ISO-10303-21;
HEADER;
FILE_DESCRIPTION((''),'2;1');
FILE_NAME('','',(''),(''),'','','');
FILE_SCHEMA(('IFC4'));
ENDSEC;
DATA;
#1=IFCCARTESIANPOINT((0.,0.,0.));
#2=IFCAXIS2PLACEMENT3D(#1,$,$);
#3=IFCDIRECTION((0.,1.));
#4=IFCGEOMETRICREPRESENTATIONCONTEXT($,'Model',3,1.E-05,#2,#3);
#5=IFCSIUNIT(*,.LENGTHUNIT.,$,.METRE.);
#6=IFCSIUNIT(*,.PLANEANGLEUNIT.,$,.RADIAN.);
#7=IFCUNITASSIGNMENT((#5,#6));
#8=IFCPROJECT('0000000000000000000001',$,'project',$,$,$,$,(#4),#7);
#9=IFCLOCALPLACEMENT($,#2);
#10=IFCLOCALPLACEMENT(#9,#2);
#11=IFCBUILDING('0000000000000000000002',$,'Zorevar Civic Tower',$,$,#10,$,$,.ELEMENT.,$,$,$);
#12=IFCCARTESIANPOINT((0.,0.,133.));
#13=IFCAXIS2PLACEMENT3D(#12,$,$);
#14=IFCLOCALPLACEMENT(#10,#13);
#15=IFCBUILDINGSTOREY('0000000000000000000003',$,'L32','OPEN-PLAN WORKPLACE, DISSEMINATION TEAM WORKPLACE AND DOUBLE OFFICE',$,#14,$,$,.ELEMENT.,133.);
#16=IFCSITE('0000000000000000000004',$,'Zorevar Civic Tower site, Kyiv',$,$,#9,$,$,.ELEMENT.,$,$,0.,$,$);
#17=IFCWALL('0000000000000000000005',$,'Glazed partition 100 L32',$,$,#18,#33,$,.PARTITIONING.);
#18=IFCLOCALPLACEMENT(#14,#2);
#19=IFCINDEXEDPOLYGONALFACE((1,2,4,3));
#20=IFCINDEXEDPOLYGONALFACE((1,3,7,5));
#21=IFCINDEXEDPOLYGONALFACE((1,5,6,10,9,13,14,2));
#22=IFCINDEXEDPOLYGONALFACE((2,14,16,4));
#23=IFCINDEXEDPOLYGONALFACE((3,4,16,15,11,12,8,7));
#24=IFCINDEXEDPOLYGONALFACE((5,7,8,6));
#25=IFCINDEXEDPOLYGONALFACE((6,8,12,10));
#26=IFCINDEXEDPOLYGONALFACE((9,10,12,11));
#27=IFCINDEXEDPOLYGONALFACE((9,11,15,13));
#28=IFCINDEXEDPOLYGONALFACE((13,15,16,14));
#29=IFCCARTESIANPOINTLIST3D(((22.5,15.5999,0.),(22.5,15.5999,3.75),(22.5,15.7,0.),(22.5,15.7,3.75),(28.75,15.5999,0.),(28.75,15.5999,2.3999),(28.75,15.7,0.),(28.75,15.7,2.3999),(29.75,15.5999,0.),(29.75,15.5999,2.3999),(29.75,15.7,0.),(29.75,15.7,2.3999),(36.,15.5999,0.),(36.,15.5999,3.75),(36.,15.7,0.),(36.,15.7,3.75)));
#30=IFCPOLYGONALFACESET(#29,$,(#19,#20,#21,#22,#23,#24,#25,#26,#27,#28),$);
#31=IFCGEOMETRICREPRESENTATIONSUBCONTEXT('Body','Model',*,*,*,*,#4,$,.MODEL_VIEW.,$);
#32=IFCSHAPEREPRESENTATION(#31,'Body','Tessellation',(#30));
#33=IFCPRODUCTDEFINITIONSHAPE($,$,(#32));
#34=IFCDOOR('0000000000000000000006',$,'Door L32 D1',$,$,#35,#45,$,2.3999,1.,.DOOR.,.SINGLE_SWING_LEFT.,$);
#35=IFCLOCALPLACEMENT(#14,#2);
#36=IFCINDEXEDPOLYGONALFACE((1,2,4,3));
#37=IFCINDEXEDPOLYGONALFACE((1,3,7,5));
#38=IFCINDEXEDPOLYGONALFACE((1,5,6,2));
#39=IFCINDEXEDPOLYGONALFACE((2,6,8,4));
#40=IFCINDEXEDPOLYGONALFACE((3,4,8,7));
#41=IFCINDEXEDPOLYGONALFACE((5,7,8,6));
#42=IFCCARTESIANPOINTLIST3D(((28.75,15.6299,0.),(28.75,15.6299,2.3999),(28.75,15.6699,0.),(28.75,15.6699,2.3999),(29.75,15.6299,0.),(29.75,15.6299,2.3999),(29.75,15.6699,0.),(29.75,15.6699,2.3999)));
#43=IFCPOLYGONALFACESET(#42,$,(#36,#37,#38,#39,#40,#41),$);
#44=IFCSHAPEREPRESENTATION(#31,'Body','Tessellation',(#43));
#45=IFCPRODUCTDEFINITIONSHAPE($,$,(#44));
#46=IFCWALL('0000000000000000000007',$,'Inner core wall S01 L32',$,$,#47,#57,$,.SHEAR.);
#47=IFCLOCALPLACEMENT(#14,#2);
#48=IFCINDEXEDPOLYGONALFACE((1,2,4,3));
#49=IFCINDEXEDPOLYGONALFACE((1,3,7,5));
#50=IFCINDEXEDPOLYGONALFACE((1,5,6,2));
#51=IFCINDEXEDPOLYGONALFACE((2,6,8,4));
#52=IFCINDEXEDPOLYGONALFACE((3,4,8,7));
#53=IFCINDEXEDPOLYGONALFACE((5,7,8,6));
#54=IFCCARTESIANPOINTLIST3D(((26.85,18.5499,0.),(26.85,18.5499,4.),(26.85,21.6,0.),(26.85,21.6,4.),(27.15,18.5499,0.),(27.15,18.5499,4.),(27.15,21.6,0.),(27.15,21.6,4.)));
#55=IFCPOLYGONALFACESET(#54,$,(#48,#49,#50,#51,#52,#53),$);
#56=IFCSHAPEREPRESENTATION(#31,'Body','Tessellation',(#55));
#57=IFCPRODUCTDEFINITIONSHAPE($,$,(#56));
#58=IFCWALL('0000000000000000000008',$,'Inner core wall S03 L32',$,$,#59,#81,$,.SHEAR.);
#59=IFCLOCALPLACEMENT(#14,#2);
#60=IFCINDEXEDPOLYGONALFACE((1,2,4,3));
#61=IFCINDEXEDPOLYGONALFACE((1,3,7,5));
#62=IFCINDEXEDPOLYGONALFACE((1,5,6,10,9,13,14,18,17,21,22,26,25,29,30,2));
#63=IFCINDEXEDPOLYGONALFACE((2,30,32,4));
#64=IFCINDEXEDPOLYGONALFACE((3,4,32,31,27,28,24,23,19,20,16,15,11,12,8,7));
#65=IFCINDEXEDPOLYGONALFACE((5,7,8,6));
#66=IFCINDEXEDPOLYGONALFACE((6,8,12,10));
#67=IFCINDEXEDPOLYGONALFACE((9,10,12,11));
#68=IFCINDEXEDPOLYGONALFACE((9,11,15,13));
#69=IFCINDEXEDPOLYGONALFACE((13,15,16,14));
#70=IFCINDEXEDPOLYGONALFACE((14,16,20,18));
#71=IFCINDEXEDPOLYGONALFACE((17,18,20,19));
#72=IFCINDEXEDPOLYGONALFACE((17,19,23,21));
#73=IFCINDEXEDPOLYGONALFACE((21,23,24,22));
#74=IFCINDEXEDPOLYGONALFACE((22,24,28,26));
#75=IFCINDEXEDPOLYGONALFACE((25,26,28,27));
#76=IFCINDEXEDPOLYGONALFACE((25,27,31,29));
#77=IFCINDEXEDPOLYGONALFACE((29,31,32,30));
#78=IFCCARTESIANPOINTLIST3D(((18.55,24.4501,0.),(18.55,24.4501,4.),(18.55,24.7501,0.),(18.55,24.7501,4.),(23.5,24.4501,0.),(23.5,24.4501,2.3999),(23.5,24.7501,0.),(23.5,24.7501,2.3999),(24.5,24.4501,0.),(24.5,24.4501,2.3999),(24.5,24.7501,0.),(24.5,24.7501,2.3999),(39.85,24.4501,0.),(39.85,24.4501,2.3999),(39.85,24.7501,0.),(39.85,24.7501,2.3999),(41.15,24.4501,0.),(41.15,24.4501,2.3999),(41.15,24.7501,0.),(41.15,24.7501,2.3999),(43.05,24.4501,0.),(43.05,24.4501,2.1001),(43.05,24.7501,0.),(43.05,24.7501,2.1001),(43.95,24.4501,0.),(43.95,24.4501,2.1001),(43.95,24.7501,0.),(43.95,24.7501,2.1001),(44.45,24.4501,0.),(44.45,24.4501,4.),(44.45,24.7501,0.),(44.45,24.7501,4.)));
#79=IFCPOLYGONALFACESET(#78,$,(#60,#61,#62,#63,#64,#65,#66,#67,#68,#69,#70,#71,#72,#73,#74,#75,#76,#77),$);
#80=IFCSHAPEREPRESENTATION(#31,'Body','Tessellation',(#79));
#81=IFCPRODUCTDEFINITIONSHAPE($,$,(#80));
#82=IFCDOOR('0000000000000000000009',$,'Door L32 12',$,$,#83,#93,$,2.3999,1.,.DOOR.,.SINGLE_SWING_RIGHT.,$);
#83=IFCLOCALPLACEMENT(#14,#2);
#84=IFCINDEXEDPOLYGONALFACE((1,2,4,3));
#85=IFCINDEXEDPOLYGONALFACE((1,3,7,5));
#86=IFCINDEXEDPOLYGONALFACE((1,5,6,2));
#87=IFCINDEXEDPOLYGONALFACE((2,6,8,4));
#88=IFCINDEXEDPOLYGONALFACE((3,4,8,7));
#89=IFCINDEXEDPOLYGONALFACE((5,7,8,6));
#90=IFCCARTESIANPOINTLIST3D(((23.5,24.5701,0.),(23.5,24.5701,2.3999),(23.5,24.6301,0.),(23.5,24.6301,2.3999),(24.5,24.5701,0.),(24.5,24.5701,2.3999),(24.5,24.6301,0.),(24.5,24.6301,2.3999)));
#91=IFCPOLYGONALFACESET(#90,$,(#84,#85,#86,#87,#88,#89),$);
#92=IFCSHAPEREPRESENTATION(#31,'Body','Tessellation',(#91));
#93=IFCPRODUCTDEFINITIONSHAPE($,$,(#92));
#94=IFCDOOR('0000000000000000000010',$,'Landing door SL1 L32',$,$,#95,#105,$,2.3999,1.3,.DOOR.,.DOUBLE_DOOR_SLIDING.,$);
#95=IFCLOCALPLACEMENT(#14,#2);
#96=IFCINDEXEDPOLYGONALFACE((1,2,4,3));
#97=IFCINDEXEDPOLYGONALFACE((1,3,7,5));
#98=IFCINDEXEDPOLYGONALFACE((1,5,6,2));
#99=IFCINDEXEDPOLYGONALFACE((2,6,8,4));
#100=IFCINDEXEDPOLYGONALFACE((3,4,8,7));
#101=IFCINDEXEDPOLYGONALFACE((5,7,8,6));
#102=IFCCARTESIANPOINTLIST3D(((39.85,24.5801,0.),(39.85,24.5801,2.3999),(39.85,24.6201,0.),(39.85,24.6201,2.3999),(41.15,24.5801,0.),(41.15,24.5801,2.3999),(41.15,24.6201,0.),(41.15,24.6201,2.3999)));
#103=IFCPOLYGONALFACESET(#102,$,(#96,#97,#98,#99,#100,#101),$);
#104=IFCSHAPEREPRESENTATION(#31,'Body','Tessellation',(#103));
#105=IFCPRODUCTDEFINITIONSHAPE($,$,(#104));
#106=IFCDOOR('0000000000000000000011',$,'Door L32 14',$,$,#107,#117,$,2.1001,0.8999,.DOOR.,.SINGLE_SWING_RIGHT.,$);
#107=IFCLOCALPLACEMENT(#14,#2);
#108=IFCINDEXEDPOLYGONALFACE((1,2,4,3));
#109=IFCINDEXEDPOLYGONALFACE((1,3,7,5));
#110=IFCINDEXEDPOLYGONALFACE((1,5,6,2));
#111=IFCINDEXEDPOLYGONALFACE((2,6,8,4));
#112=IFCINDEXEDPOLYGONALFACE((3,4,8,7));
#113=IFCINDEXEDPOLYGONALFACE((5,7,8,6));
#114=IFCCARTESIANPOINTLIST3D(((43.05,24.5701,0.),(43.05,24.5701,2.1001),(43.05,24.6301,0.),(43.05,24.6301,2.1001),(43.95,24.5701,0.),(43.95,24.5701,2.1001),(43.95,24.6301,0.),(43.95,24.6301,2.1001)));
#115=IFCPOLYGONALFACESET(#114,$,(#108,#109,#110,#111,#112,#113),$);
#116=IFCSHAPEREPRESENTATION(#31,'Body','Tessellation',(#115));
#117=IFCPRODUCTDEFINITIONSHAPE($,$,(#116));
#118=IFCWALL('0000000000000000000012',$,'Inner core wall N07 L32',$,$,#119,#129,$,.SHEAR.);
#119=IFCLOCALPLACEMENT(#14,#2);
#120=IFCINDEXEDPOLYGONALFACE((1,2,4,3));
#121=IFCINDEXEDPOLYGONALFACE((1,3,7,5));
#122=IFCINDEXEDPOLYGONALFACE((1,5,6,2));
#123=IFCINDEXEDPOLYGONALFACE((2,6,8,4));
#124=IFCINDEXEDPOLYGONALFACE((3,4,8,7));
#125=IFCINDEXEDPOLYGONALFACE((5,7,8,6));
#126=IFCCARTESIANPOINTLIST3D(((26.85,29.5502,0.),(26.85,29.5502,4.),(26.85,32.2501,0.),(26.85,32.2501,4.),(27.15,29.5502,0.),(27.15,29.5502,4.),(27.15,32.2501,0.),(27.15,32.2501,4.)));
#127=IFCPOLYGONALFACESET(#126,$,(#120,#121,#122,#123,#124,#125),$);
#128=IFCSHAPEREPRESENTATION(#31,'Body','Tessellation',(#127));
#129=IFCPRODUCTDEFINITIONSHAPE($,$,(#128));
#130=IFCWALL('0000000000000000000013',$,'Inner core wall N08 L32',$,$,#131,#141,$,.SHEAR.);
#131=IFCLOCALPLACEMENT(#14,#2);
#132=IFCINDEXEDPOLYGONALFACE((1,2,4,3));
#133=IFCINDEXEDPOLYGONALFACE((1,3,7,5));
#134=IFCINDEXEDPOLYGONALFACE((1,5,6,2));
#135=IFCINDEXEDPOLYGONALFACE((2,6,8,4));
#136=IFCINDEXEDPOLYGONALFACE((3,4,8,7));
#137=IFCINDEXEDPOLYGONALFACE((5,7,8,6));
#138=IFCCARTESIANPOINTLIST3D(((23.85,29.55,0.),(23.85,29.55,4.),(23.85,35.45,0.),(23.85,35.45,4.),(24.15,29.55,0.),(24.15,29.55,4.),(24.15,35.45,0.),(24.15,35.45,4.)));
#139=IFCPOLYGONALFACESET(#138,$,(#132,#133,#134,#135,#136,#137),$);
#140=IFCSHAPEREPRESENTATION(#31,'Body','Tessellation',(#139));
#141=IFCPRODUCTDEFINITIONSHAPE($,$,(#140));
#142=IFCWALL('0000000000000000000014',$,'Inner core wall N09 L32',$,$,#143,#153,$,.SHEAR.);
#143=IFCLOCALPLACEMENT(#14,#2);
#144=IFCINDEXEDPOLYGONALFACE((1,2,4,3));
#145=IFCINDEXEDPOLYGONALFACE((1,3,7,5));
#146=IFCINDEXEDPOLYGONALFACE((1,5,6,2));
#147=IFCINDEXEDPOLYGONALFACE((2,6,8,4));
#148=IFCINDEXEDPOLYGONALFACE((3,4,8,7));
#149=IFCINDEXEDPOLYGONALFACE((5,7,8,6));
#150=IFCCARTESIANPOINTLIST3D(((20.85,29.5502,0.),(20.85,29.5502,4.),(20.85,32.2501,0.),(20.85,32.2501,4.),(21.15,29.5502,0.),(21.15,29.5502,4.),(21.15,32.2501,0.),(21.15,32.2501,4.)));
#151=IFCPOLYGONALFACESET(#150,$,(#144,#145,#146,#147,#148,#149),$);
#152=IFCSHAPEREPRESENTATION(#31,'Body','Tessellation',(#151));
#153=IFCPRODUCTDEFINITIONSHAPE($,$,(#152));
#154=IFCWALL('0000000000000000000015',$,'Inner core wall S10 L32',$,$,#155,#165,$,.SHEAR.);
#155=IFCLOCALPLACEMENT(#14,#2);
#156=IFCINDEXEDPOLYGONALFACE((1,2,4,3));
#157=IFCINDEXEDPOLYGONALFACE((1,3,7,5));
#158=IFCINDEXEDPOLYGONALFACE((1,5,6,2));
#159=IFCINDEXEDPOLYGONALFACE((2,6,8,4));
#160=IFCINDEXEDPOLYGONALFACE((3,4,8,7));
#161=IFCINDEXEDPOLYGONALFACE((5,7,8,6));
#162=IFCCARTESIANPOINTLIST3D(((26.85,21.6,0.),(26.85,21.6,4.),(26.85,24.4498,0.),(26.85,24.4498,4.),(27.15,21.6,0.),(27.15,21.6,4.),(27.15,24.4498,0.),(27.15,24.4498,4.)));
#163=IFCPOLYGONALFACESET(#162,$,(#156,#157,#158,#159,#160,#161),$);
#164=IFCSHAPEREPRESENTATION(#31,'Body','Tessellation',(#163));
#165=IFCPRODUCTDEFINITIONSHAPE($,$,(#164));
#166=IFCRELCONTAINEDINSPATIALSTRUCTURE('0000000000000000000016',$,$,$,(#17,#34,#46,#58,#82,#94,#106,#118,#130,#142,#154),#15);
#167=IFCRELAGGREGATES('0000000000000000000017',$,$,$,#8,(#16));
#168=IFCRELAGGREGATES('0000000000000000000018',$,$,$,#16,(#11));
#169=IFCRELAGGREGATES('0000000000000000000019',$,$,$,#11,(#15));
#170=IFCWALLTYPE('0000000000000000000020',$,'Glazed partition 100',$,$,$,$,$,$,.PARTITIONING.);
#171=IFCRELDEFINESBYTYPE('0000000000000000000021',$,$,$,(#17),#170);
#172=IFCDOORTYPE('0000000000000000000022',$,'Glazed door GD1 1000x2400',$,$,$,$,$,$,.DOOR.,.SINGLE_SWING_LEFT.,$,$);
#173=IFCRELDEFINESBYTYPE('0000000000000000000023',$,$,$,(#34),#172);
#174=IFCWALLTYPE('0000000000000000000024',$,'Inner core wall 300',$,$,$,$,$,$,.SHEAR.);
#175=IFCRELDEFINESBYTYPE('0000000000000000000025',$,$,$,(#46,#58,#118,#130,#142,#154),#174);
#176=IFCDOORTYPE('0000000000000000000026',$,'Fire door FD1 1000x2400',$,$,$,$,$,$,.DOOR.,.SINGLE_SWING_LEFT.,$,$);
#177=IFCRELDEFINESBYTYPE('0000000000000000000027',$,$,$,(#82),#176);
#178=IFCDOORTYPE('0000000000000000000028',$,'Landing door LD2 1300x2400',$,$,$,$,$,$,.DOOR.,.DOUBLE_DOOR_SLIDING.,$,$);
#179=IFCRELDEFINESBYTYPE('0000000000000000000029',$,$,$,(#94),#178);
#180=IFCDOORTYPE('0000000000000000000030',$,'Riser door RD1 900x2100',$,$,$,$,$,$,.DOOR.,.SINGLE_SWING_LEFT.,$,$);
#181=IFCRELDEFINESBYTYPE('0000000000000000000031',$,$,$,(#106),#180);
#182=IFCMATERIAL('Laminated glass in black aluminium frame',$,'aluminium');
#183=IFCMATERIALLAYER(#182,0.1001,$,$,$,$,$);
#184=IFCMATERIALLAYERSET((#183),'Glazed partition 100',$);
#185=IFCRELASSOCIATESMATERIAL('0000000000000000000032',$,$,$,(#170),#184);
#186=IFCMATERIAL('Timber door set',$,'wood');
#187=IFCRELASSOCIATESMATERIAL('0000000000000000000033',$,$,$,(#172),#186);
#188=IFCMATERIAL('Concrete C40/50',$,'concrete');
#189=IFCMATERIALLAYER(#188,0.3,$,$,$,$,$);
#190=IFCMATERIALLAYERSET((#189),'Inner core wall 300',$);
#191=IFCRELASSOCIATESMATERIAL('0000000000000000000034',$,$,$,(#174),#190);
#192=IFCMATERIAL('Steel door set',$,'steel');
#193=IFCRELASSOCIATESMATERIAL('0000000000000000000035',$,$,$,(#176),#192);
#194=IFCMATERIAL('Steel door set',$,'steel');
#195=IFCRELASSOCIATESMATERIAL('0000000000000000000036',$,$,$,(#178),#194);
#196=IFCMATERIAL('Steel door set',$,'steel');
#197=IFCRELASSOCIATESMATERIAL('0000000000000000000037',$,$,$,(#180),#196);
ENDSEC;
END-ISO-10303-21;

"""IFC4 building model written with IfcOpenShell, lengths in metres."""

from ifc_helpers import new_model, si_unit, direction, frame, frame_2d, origin, place, context, subcontext, project, spatial, rectangle, extrude, material, layer, layer_set, type_object, element, fill, save


model = new_model("IFC4")

# Units and contexts
model_context = context("Model", 3, precision=1e-05, world=origin(), true_north=direction((0.0, 1.0)))
body_context = subcontext(model_context, "Body", "Model", "MODEL_VIEW")
ifc_project = project(units=[si_unit("LENGTHUNIT", "METRE"), si_unit("PLANEANGLEUNIT", "RADIAN")], contexts=[model_context])

# Site, building, storey
site_placement = place(None, origin())
site = spatial("IfcSite", under=ifc_project, at=site_placement, Name="Zorevar Civic Tower site, Kyiv", CompositionType="ELEMENT", RefElevation=0.0)
building_placement = place(site_placement, origin())
building = spatial("IfcBuilding", under=site, at=building_placement, Name="Zorevar Civic Tower", CompositionType="ELEMENT")
storey_placement = place(building_placement, frame((0.0, 0.0, 133.0)))
storey = spatial("IfcBuildingStorey", under=building, at=storey_placement, Name="L32", Description="OPEN-PLAN WORKPLACE, DISSEMINATION TEAM WORKPLACE AND DOUBLE OFFICE", CompositionType="ELEMENT", Elevation=133.0)

# Wall, opening, door
ifc_material_1 = material(Name="Laminated glass in black aluminium frame", Category="aluminium")
ifc_layer_1 = layer(ifc_material_1, 0.1001)
ifc_layer_set_1 = layer_set([ifc_layer_1], Name="Glazed partition 100")
wall_type_1 = type_object("IfcWallType", Name="Glazed partition 100", PredefinedType="PARTITIONING", material=ifc_layer_set_1)
wall_1_placement = place(storey_placement, frame((22.5, 15.6499, 0.0), z_axis=(0.0, 0.0, 1.0), x_axis=(1.0, 0.0, 0.0)))
wall_1 = element("IfcWall", 1, at=wall_1_placement, inside=storey, type_object=wall_type_1, Name="Glazed partition 100 L32", PredefinedType="PARTITIONING", context=body_context, shape_type="SweptSolid", body=[
    extrude(rectangle(XDim=13.5, YDim=0.1001, at=frame_2d((6.75, 0.0))), origin(), (0.0, 0.0, 1.0), 3.75),
])
opening_1_placement = place(wall_1_placement, frame((6.25, 0.0, 0.0)))
opening_1 = element("IfcOpeningElement", 2, at=opening_1_placement, cuts=wall_1, PredefinedType="OPENING", context=body_context, shape_type="SweptSolid", body=[
    extrude(rectangle(XDim=1.0, YDim=2.3999, at=frame_2d((0.5, 1.2))), frame((0.0, 0.0601, 0.0), z_axis=(0.0, -1.0, 0.0), x_axis=(1.0, 0.0, 0.0)), (0.0, 0.0, 1.0), 0.1201),
])
ifc_material_2 = material(Name="Timber door set", Category="wood")
door_type_1 = type_object("IfcDoorType", Name="Glazed door GD1 1000x2400", OperationType="SINGLE_SWING_LEFT", PredefinedType="DOOR", material=ifc_material_2)
door_1_placement = place(opening_1_placement, origin())
door_1 = element("IfcDoor", 3, at=door_1_placement, inside=storey, type_object=door_type_1, Name="Door L32 D1", OperationType="SINGLE_SWING_LEFT", OverallHeight=2.3999, OverallWidth=1.0, PredefinedType="DOOR", context=body_context, shape_type="SweptSolid", body=[
    extrude(rectangle(XDim=1.0, YDim=2.3999, at=frame_2d((0.5, 1.2))), frame((0.0, 0.02, 0.0), z_axis=(0.0, -1.0, 0.0), x_axis=(1.0, 0.0, 0.0)), (0.0, 0.0, 1.0), 0.04),
])
fill(opening_1, door_1)

# Wall
ifc_material_3 = material(Name="Concrete C40/50", Category="concrete")
ifc_layer_2 = layer(ifc_material_3, 0.3)
ifc_layer_set_2 = layer_set([ifc_layer_2], Name="Inner core wall 300")
wall_type_2 = type_object("IfcWallType", Name="Inner core wall 300", PredefinedType="SHEAR", material=ifc_layer_set_2)
wall_2_placement = place(storey_placement, frame((27.0, 18.55, 0.0), z_axis=(0.0, 0.0, 1.0), x_axis=(0.0, 1.0, 0.0)))
element("IfcWall", 4, at=wall_2_placement, inside=storey, type_object=wall_type_2, Name="Inner core wall S01 L32", PredefinedType="SHEAR", context=body_context, shape_type="SweptSolid", body=[
    extrude(rectangle(XDim=3.05, YDim=0.3, at=frame_2d((1.5249, 0.0))), origin(), (0.0, 0.0, 1.0), 4.0),
])

# Wall, openings, doors
wall_3_placement = place(storey_placement, frame((18.55, 24.6001, 0.0), z_axis=(0.0, 0.0, 1.0), x_axis=(1.0, 0.0, 0.0)))
wall_3 = element("IfcWall", 5, at=wall_3_placement, inside=storey, type_object=wall_type_2, Name="Inner core wall S03 L32", PredefinedType="SHEAR", context=body_context, shape_type="SweptSolid", body=[
    extrude(rectangle(XDim=25.8999, YDim=0.3, at=frame_2d((12.95, 0.0))), origin(), (0.0, 0.0, 1.0), 4.0),
])
opening_2_placement = place(wall_3_placement, frame((4.95, 0.0, 0.0)))
opening_2 = element("IfcOpeningElement", 6, at=opening_2_placement, cuts=wall_3, PredefinedType="OPENING", context=body_context, shape_type="SweptSolid", body=[
    extrude(rectangle(XDim=1.0, YDim=2.3999, at=frame_2d((0.5, 1.2))), frame((0.0, 0.1599, 0.0), z_axis=(0.0, -1.0, 0.0), x_axis=(1.0, 0.0, 0.0)), (0.0, 0.0, 1.0), 0.3201),
])
opening_3_placement = place(wall_3_placement, frame((24.5, 0.0, 0.0)))
opening_3 = element("IfcOpeningElement", 7, at=opening_3_placement, cuts=wall_3, PredefinedType="OPENING", context=body_context, shape_type="SweptSolid", body=[
    extrude(rectangle(XDim=0.8999, YDim=2.1001, at=frame_2d((0.45, 1.05))), frame((0.0, 0.1599, 0.0), z_axis=(0.0, -1.0, 0.0), x_axis=(1.0, 0.0, 0.0)), (0.0, 0.0, 1.0), 0.3201),
])
opening_4_placement = place(wall_3_placement, frame((21.3, 0.0, 0.0)))
opening_4 = element("IfcOpeningElement", 8, at=opening_4_placement, cuts=wall_3, PredefinedType="OPENING", context=body_context, shape_type="SweptSolid", body=[
    extrude(rectangle(XDim=1.3, YDim=2.3999, at=frame_2d((0.6499, 1.2))), frame((0.0, 0.1599, 0.0), z_axis=(0.0, -1.0, 0.0), x_axis=(1.0, 0.0, 0.0)), (0.0, 0.0, 1.0), 0.3201),
])
ifc_material_4 = material(Name="Steel door set", Category="steel")
door_type_2 = type_object("IfcDoorType", Name="Fire door FD1 1000x2400", OperationType="SINGLE_SWING_LEFT", PredefinedType="DOOR", material=ifc_material_4)
door_2_placement = place(opening_2_placement, origin())
door_2 = element("IfcDoor", 9, at=door_2_placement, inside=storey, type_object=door_type_2, Name="Door L32 12", OperationType="SINGLE_SWING_RIGHT", OverallHeight=2.3999, OverallWidth=1.0, PredefinedType="DOOR", context=body_context, shape_type="SweptSolid", body=[
    extrude(rectangle(XDim=1.0, YDim=2.3999, at=frame_2d((0.5, 1.2))), frame((0.0, 0.03, 0.0), z_axis=(0.0, -1.0, 0.0), x_axis=(1.0, 0.0, 0.0)), (0.0, 0.0, 1.0), 0.0601),
])
fill(opening_2, door_2)
ifc_material_5 = material(Name="Steel door set", Category="steel")
door_type_3 = type_object("IfcDoorType", Name="Landing door LD2 1300x2400", OperationType="DOUBLE_DOOR_SLIDING", PredefinedType="DOOR", material=ifc_material_5)
door_3_placement = place(opening_4_placement, origin())
door_3 = element("IfcDoor", 10, at=door_3_placement, inside=storey, type_object=door_type_3, Name="Landing door SL1 L32", OperationType="DOUBLE_DOOR_SLIDING", OverallHeight=2.3999, OverallWidth=1.3, PredefinedType="DOOR", context=body_context, shape_type="SweptSolid", body=[
    extrude(rectangle(XDim=1.3, YDim=2.3999, at=frame_2d((0.6499, 1.2))), frame((0.0, 0.02, 0.0), z_axis=(0.0, -1.0, 0.0), x_axis=(1.0, 0.0, 0.0)), (0.0, 0.0, 1.0), 0.04),
])
fill(opening_4, door_3)
ifc_material_6 = material(Name="Steel door set", Category="steel")
door_type_4 = type_object("IfcDoorType", Name="Riser door RD1 900x2100", OperationType="SINGLE_SWING_LEFT", PredefinedType="DOOR", material=ifc_material_6)
door_4_placement = place(opening_3_placement, origin())
door_4 = element("IfcDoor", 11, at=door_4_placement, inside=storey, type_object=door_type_4, Name="Door L32 14", OperationType="SINGLE_SWING_RIGHT", OverallHeight=2.1001, OverallWidth=0.8999, PredefinedType="DOOR", context=body_context, shape_type="SweptSolid", body=[
    extrude(rectangle(XDim=0.8999, YDim=2.1001, at=frame_2d((0.45, 1.05))), frame((0.0, 0.03, 0.0), z_axis=(0.0, -1.0, 0.0), x_axis=(1.0, 0.0, 0.0)), (0.0, 0.0, 1.0), 0.0601),
])
fill(opening_3, door_4)

# Walls
wall_4_placement = place(storey_placement, frame((27.0, 29.55, 0.0), z_axis=(0.0, 0.0, 1.0), x_axis=(0.0, 1.0, 0.0)))
element("IfcWall", 12, at=wall_4_placement, inside=storey, type_object=wall_type_2, Name="Inner core wall N07 L32", PredefinedType="SHEAR", context=body_context, shape_type="SweptSolid", body=[
    extrude(rectangle(XDim=2.7, YDim=0.3, at=frame_2d((1.3501, 0.0))), origin(), (0.0, 0.0, 1.0), 4.0),
])
wall_5_placement = place(storey_placement, frame((24.0, 29.55, 0.0), z_axis=(0.0, 0.0, 1.0), x_axis=(0.0, 1.0, 0.0)))
element("IfcWall", 13, at=wall_5_placement, inside=storey, type_object=wall_type_2, Name="Inner core wall N08 L32", PredefinedType="SHEAR", context=body_context, shape_type="SweptSolid", body=[
    extrude(rectangle(XDim=5.8999, YDim=0.3, at=frame_2d((2.95, 0.0))), origin(), (0.0, 0.0, 1.0), 4.0),
])
wall_6_placement = place(storey_placement, frame((21.0, 29.55, 0.0), z_axis=(0.0, 0.0, 1.0), x_axis=(0.0, 1.0, 0.0)))
element("IfcWall", 14, at=wall_6_placement, inside=storey, type_object=wall_type_2, Name="Inner core wall N09 L32", PredefinedType="SHEAR", context=body_context, shape_type="SweptSolid", body=[
    extrude(rectangle(XDim=2.7, YDim=0.3, at=frame_2d((1.3501, 0.0))), origin(), (0.0, 0.0, 1.0), 4.0),
])
wall_7_placement = place(storey_placement, frame((27.0, 21.6001, 0.0), z_axis=(0.0, 0.0, 1.0), x_axis=(0.0, 1.0, 0.0)))
element("IfcWall", 15, at=wall_7_placement, inside=storey, type_object=wall_type_2, Name="Inner core wall S10 L32", PredefinedType="SHEAR", context=body_context, shape_type="SweptSolid", body=[
    extrude(rectangle(XDim=2.8499, YDim=0.3, at=frame_2d((1.4248, 0.0))), origin(), (0.0, 0.0, 1.0), 4.0),
])

save(model, "model.ifc")
